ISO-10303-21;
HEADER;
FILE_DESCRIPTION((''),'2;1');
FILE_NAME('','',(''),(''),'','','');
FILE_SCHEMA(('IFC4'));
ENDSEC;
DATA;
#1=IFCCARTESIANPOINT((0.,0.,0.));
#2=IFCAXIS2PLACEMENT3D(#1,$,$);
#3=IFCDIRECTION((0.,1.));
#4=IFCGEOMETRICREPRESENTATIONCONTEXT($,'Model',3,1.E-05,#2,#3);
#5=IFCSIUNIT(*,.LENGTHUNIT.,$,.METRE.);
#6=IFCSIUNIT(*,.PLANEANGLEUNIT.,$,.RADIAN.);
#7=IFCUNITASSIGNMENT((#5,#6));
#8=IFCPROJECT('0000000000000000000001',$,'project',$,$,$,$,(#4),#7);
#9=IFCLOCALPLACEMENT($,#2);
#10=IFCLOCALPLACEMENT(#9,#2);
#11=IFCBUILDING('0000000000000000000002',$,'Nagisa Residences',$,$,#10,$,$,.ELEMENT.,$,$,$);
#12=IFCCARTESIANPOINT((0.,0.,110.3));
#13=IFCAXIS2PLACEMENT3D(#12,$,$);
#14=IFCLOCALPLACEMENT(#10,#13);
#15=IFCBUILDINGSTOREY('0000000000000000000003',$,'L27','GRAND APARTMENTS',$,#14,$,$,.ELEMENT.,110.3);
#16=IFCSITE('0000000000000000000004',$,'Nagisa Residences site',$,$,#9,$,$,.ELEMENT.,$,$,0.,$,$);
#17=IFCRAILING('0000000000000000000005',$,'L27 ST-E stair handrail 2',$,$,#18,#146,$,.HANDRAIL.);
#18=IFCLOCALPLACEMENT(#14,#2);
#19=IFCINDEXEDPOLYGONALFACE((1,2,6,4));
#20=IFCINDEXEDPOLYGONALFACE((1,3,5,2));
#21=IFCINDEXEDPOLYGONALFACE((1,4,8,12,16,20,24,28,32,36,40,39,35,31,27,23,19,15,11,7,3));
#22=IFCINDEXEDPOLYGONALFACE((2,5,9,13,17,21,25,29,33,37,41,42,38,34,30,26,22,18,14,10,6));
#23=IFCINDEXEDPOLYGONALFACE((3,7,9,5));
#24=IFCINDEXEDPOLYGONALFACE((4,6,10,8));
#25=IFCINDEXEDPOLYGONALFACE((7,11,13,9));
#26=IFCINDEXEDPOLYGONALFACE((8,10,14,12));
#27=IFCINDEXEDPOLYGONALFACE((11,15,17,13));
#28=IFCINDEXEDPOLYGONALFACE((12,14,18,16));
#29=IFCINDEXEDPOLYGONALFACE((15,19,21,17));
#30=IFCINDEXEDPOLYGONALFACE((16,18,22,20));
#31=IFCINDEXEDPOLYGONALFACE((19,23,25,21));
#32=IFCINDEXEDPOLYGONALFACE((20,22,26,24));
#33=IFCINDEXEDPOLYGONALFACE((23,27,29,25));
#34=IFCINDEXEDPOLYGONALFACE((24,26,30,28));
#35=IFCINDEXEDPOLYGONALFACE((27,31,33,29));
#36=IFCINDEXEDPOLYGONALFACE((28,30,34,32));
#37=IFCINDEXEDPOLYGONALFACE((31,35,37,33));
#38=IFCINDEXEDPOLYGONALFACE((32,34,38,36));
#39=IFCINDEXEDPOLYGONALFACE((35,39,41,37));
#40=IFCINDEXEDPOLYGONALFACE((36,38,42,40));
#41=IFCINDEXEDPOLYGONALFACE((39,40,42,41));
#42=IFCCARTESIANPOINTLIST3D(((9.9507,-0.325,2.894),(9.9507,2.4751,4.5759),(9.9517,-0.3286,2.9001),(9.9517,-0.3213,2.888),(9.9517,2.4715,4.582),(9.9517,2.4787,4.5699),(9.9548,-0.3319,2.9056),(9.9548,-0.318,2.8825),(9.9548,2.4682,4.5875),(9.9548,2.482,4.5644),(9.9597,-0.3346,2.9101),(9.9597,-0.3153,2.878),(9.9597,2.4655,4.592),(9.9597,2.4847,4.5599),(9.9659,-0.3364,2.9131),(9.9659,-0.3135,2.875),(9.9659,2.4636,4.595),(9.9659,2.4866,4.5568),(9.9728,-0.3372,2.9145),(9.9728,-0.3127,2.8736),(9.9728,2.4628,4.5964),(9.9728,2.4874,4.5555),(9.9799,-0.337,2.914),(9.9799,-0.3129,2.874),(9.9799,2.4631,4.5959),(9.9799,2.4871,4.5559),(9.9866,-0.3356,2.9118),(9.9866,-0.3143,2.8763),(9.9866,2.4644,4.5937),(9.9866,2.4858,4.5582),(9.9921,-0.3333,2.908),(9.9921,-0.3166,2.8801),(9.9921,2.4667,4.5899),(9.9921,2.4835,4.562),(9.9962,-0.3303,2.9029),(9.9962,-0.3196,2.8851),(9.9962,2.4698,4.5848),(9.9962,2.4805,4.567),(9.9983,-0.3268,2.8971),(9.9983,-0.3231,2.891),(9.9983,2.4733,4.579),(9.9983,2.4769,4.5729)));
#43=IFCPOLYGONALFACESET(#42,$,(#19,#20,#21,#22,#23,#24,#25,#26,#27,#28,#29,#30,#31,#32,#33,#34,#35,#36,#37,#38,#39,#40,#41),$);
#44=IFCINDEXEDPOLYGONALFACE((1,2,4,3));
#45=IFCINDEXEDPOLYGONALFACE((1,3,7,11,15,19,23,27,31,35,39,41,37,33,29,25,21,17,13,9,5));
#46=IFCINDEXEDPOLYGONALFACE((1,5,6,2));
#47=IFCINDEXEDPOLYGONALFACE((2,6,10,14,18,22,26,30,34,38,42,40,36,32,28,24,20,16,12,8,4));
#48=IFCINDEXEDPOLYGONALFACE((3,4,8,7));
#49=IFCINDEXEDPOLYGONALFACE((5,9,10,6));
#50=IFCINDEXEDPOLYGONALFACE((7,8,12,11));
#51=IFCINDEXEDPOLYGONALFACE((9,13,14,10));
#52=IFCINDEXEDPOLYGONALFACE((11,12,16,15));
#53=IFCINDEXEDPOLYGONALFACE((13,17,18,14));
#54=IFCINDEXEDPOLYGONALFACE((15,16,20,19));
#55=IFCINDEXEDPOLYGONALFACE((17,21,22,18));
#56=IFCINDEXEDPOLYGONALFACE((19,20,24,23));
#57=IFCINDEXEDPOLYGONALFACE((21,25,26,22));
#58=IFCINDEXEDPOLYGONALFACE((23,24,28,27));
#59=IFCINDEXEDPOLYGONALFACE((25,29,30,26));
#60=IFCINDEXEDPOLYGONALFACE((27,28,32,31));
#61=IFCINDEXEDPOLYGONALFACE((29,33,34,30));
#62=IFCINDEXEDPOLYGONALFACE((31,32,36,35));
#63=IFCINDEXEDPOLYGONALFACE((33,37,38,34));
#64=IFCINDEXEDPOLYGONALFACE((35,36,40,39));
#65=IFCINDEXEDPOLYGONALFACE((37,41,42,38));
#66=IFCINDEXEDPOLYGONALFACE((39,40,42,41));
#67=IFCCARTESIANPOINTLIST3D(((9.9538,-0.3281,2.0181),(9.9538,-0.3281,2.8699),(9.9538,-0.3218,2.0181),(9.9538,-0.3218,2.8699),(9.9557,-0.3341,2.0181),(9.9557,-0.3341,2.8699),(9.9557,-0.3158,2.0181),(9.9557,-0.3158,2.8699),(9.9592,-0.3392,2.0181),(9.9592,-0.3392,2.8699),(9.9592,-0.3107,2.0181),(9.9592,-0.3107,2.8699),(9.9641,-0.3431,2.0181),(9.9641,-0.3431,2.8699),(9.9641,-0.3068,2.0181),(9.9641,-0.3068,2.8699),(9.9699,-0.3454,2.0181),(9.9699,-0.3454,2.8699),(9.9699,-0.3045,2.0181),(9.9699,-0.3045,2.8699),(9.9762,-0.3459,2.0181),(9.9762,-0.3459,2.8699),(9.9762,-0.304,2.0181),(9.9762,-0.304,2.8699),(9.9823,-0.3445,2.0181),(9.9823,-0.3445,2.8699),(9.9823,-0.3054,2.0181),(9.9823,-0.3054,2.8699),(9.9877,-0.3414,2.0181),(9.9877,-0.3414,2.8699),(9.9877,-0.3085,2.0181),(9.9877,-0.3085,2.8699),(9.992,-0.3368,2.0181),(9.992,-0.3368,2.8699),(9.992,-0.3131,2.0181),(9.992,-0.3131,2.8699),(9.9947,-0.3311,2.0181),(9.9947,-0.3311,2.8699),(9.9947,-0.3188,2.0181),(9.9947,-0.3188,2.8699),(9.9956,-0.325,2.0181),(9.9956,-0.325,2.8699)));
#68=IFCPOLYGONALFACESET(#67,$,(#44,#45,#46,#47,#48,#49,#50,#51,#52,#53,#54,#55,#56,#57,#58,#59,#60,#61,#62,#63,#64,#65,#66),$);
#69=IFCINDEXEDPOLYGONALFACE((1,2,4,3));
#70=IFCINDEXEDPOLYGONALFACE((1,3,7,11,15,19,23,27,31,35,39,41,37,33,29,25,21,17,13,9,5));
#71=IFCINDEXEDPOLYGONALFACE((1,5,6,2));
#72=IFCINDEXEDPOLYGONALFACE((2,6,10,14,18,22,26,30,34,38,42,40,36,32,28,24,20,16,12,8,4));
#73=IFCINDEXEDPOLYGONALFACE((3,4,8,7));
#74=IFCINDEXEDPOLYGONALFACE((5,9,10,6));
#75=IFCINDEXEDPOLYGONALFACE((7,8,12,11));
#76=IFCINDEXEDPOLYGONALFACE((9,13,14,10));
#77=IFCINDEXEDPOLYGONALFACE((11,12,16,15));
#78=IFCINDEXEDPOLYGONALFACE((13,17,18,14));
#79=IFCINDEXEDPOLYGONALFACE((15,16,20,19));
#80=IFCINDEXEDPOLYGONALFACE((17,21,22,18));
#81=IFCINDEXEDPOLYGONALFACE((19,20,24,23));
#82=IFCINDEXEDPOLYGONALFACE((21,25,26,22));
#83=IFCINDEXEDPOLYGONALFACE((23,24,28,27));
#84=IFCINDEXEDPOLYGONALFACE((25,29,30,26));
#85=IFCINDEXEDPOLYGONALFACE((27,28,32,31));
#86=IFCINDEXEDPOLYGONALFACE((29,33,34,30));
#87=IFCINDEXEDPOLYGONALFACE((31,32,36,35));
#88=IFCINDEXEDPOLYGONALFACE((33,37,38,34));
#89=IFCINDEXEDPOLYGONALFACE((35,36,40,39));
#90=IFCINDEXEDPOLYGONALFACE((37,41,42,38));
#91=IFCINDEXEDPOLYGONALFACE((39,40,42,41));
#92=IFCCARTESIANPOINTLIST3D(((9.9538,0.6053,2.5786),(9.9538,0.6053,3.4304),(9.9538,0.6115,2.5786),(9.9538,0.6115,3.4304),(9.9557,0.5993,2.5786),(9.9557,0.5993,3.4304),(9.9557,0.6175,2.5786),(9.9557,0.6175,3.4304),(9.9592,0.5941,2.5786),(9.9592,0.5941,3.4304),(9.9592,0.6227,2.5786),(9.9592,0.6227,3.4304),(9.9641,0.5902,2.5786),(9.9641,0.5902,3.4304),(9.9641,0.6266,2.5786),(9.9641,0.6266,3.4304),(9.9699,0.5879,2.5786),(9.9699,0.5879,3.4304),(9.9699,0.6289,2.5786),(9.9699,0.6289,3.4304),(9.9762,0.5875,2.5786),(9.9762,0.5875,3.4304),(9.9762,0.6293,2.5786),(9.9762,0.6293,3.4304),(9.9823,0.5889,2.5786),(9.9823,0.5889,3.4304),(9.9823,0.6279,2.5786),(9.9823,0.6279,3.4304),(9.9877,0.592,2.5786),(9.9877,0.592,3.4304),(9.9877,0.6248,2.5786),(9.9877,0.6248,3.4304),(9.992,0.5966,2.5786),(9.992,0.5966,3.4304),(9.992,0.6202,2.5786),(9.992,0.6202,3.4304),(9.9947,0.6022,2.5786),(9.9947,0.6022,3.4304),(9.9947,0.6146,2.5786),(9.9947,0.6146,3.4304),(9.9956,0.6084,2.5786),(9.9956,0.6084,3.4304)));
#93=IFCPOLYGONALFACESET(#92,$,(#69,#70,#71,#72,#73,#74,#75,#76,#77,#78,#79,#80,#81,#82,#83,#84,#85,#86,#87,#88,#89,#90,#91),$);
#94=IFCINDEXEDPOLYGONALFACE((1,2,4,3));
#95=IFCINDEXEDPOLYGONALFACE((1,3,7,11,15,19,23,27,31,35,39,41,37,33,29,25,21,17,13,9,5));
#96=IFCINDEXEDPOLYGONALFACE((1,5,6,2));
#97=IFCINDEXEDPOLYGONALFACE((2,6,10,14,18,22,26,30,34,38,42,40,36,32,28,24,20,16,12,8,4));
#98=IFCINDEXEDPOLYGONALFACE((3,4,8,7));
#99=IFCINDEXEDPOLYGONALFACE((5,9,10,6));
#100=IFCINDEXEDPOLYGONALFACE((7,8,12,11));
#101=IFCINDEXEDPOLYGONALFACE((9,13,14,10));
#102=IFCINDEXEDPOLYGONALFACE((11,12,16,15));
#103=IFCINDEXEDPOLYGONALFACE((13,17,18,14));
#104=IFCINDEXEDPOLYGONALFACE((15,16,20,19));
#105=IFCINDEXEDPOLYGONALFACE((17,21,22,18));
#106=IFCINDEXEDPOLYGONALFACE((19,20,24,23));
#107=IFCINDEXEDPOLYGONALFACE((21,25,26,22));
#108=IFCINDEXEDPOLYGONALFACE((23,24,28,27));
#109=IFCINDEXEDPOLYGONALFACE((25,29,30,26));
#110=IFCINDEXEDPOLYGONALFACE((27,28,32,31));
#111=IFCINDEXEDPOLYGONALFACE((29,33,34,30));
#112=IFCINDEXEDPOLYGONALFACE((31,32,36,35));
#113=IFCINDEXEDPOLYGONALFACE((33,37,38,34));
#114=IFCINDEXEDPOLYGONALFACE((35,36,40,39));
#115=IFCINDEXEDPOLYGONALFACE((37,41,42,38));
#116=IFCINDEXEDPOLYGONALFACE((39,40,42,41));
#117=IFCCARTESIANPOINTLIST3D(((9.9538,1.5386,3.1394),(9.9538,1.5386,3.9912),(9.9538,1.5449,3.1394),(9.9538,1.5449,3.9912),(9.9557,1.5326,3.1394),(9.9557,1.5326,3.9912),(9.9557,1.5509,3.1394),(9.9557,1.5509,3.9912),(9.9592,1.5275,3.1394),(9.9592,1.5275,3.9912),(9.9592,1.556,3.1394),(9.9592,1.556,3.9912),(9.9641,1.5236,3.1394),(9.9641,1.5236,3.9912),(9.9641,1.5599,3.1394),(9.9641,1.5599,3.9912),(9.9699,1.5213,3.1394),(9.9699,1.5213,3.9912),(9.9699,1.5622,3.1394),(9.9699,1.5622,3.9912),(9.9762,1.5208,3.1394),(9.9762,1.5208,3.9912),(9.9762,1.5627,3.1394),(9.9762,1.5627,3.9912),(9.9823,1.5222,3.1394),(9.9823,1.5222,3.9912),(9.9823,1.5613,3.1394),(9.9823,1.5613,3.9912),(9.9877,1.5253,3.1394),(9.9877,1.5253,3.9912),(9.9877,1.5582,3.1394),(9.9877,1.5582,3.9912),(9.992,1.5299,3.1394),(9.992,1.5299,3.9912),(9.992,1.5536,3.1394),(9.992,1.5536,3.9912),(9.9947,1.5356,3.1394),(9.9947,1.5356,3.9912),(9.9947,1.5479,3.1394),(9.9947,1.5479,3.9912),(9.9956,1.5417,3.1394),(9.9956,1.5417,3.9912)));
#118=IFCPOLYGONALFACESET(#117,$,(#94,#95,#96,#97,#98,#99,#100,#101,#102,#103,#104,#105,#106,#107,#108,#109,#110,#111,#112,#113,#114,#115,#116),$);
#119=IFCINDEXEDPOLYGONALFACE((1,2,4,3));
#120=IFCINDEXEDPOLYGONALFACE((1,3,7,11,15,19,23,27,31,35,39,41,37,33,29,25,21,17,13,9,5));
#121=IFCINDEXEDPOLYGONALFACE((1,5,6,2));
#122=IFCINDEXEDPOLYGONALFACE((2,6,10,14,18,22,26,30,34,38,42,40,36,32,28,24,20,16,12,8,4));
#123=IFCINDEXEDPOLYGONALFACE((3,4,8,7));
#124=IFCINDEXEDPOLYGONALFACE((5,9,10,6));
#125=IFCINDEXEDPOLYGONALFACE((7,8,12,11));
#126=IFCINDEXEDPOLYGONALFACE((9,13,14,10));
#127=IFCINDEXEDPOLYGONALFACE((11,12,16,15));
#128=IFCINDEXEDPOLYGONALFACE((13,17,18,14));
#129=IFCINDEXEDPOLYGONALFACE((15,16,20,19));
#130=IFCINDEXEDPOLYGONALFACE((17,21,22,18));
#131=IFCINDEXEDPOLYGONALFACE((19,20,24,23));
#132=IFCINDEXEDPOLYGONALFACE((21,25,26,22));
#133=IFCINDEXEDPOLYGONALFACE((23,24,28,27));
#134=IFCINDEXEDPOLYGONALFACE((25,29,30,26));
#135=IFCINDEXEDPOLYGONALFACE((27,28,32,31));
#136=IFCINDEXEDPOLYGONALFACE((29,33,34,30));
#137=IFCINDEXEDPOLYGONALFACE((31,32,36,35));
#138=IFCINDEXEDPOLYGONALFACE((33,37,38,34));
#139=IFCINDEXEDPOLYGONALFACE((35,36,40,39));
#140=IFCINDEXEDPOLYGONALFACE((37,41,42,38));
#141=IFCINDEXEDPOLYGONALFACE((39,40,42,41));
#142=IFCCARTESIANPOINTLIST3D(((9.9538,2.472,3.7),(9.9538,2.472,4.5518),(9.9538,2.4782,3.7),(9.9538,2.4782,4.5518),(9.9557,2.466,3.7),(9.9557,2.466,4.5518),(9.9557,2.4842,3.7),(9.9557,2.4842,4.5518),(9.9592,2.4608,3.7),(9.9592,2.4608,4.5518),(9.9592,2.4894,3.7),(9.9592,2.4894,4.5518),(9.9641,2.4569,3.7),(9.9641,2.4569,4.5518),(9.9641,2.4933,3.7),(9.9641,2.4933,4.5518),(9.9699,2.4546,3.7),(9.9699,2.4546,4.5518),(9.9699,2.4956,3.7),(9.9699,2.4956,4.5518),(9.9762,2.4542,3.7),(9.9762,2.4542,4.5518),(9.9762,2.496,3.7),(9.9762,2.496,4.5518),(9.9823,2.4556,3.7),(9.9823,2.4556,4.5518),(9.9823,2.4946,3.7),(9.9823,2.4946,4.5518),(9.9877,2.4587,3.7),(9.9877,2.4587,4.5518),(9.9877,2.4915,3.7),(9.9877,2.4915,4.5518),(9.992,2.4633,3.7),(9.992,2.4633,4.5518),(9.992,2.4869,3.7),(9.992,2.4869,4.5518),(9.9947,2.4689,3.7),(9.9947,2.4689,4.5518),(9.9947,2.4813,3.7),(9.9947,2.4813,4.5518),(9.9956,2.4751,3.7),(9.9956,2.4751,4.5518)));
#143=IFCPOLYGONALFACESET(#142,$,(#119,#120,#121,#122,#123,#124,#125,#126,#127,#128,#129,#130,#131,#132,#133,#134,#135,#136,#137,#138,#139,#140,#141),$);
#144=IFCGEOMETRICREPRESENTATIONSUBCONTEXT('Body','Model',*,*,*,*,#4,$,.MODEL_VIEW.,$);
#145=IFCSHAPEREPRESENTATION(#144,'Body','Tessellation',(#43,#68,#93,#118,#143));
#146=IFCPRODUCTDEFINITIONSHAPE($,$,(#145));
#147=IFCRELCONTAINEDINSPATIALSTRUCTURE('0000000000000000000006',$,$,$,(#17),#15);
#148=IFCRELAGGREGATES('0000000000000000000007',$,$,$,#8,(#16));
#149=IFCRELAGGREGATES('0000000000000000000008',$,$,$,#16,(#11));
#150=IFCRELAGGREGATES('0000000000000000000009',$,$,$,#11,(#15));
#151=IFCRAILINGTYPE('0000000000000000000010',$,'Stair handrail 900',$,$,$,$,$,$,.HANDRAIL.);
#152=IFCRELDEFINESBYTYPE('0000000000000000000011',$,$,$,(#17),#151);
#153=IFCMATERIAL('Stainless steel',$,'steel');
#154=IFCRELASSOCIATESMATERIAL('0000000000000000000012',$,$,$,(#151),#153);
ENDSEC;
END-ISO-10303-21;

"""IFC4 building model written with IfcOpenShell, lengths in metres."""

from ifc_helpers import new_model, si_unit, direction, frame, origin, origin_2d, place, context, subcontext, project, spatial, circle, extrude, material, type_object, element, save


model = new_model("IFC4")

# Units and contexts
model_context = context("Model", 3, precision=1e-05, world=origin(), true_north=direction((0.0, 1.0)))
body_context = subcontext(model_context, "Body", "Model", "MODEL_VIEW")
ifc_project = project(units=[si_unit("LENGTHUNIT", "METRE"), si_unit("PLANEANGLEUNIT", "RADIAN")], contexts=[model_context])

# Site, building, storey
site_placement = place(None, origin())
site = spatial("IfcSite", under=ifc_project, at=site_placement, Name="Nagisa Residences site", CompositionType="ELEMENT", RefElevation=0.0)
building_placement = place(site_placement, origin())
building = spatial("IfcBuilding", under=site, at=building_placement, Name="Nagisa Residences", CompositionType="ELEMENT")
storey_placement = place(building_placement, frame((0.0, 0.0, 110.3)))
storey = spatial("IfcBuildingStorey", under=building, at=storey_placement, Name="L27", Description="GRAND APARTMENTS", CompositionType="ELEMENT", Elevation=110.3)

# Railing
ifc_material_1 = material(Name="Stainless steel", Category="steel")
railing_type_1 = type_object("IfcRailingType", Name="Stair handrail 900", PredefinedType="HANDRAIL", material=ifc_material_1)
railing_1_placement = place(storey_placement, frame((9.9746, -0.325, 2.0181)))
element("IfcRailing", 1, at=railing_1_placement, inside=storey, type_object=railing_type_1, Name="L27 ST-E stair handrail 2", PredefinedType="HANDRAIL", context=body_context, shape_type="SweptSolid", body=[
    extrude(circle(Radius=0.0239, at=origin_2d()), frame((0.0, 0.0, 0.876), z_axis=(0.0, 0.857242, 0.514913), x_axis=(-1.0, 0.0, 0.0)), (0.0, 0.0, 1.0), 3.2664),
    extrude(circle(Radius=0.021, at=origin_2d()), origin(), (0.0, 0.0, 1.0), 0.8518),
    extrude(circle(Radius=0.021, at=origin_2d()), frame((0.0, 0.9333, 0.5605)), (0.0, 0.0, 1.0), 0.8518),
    extrude(circle(Radius=0.021, at=origin_2d()), frame((0.0, 1.8667, 1.1213)), (0.0, 0.0, 1.0), 0.8518),
    extrude(circle(Radius=0.021, at=origin_2d()), frame((0.0, 2.8, 1.6819)), (0.0, 0.0, 1.0), 0.8518),
])

save(model, "model.ifc")
